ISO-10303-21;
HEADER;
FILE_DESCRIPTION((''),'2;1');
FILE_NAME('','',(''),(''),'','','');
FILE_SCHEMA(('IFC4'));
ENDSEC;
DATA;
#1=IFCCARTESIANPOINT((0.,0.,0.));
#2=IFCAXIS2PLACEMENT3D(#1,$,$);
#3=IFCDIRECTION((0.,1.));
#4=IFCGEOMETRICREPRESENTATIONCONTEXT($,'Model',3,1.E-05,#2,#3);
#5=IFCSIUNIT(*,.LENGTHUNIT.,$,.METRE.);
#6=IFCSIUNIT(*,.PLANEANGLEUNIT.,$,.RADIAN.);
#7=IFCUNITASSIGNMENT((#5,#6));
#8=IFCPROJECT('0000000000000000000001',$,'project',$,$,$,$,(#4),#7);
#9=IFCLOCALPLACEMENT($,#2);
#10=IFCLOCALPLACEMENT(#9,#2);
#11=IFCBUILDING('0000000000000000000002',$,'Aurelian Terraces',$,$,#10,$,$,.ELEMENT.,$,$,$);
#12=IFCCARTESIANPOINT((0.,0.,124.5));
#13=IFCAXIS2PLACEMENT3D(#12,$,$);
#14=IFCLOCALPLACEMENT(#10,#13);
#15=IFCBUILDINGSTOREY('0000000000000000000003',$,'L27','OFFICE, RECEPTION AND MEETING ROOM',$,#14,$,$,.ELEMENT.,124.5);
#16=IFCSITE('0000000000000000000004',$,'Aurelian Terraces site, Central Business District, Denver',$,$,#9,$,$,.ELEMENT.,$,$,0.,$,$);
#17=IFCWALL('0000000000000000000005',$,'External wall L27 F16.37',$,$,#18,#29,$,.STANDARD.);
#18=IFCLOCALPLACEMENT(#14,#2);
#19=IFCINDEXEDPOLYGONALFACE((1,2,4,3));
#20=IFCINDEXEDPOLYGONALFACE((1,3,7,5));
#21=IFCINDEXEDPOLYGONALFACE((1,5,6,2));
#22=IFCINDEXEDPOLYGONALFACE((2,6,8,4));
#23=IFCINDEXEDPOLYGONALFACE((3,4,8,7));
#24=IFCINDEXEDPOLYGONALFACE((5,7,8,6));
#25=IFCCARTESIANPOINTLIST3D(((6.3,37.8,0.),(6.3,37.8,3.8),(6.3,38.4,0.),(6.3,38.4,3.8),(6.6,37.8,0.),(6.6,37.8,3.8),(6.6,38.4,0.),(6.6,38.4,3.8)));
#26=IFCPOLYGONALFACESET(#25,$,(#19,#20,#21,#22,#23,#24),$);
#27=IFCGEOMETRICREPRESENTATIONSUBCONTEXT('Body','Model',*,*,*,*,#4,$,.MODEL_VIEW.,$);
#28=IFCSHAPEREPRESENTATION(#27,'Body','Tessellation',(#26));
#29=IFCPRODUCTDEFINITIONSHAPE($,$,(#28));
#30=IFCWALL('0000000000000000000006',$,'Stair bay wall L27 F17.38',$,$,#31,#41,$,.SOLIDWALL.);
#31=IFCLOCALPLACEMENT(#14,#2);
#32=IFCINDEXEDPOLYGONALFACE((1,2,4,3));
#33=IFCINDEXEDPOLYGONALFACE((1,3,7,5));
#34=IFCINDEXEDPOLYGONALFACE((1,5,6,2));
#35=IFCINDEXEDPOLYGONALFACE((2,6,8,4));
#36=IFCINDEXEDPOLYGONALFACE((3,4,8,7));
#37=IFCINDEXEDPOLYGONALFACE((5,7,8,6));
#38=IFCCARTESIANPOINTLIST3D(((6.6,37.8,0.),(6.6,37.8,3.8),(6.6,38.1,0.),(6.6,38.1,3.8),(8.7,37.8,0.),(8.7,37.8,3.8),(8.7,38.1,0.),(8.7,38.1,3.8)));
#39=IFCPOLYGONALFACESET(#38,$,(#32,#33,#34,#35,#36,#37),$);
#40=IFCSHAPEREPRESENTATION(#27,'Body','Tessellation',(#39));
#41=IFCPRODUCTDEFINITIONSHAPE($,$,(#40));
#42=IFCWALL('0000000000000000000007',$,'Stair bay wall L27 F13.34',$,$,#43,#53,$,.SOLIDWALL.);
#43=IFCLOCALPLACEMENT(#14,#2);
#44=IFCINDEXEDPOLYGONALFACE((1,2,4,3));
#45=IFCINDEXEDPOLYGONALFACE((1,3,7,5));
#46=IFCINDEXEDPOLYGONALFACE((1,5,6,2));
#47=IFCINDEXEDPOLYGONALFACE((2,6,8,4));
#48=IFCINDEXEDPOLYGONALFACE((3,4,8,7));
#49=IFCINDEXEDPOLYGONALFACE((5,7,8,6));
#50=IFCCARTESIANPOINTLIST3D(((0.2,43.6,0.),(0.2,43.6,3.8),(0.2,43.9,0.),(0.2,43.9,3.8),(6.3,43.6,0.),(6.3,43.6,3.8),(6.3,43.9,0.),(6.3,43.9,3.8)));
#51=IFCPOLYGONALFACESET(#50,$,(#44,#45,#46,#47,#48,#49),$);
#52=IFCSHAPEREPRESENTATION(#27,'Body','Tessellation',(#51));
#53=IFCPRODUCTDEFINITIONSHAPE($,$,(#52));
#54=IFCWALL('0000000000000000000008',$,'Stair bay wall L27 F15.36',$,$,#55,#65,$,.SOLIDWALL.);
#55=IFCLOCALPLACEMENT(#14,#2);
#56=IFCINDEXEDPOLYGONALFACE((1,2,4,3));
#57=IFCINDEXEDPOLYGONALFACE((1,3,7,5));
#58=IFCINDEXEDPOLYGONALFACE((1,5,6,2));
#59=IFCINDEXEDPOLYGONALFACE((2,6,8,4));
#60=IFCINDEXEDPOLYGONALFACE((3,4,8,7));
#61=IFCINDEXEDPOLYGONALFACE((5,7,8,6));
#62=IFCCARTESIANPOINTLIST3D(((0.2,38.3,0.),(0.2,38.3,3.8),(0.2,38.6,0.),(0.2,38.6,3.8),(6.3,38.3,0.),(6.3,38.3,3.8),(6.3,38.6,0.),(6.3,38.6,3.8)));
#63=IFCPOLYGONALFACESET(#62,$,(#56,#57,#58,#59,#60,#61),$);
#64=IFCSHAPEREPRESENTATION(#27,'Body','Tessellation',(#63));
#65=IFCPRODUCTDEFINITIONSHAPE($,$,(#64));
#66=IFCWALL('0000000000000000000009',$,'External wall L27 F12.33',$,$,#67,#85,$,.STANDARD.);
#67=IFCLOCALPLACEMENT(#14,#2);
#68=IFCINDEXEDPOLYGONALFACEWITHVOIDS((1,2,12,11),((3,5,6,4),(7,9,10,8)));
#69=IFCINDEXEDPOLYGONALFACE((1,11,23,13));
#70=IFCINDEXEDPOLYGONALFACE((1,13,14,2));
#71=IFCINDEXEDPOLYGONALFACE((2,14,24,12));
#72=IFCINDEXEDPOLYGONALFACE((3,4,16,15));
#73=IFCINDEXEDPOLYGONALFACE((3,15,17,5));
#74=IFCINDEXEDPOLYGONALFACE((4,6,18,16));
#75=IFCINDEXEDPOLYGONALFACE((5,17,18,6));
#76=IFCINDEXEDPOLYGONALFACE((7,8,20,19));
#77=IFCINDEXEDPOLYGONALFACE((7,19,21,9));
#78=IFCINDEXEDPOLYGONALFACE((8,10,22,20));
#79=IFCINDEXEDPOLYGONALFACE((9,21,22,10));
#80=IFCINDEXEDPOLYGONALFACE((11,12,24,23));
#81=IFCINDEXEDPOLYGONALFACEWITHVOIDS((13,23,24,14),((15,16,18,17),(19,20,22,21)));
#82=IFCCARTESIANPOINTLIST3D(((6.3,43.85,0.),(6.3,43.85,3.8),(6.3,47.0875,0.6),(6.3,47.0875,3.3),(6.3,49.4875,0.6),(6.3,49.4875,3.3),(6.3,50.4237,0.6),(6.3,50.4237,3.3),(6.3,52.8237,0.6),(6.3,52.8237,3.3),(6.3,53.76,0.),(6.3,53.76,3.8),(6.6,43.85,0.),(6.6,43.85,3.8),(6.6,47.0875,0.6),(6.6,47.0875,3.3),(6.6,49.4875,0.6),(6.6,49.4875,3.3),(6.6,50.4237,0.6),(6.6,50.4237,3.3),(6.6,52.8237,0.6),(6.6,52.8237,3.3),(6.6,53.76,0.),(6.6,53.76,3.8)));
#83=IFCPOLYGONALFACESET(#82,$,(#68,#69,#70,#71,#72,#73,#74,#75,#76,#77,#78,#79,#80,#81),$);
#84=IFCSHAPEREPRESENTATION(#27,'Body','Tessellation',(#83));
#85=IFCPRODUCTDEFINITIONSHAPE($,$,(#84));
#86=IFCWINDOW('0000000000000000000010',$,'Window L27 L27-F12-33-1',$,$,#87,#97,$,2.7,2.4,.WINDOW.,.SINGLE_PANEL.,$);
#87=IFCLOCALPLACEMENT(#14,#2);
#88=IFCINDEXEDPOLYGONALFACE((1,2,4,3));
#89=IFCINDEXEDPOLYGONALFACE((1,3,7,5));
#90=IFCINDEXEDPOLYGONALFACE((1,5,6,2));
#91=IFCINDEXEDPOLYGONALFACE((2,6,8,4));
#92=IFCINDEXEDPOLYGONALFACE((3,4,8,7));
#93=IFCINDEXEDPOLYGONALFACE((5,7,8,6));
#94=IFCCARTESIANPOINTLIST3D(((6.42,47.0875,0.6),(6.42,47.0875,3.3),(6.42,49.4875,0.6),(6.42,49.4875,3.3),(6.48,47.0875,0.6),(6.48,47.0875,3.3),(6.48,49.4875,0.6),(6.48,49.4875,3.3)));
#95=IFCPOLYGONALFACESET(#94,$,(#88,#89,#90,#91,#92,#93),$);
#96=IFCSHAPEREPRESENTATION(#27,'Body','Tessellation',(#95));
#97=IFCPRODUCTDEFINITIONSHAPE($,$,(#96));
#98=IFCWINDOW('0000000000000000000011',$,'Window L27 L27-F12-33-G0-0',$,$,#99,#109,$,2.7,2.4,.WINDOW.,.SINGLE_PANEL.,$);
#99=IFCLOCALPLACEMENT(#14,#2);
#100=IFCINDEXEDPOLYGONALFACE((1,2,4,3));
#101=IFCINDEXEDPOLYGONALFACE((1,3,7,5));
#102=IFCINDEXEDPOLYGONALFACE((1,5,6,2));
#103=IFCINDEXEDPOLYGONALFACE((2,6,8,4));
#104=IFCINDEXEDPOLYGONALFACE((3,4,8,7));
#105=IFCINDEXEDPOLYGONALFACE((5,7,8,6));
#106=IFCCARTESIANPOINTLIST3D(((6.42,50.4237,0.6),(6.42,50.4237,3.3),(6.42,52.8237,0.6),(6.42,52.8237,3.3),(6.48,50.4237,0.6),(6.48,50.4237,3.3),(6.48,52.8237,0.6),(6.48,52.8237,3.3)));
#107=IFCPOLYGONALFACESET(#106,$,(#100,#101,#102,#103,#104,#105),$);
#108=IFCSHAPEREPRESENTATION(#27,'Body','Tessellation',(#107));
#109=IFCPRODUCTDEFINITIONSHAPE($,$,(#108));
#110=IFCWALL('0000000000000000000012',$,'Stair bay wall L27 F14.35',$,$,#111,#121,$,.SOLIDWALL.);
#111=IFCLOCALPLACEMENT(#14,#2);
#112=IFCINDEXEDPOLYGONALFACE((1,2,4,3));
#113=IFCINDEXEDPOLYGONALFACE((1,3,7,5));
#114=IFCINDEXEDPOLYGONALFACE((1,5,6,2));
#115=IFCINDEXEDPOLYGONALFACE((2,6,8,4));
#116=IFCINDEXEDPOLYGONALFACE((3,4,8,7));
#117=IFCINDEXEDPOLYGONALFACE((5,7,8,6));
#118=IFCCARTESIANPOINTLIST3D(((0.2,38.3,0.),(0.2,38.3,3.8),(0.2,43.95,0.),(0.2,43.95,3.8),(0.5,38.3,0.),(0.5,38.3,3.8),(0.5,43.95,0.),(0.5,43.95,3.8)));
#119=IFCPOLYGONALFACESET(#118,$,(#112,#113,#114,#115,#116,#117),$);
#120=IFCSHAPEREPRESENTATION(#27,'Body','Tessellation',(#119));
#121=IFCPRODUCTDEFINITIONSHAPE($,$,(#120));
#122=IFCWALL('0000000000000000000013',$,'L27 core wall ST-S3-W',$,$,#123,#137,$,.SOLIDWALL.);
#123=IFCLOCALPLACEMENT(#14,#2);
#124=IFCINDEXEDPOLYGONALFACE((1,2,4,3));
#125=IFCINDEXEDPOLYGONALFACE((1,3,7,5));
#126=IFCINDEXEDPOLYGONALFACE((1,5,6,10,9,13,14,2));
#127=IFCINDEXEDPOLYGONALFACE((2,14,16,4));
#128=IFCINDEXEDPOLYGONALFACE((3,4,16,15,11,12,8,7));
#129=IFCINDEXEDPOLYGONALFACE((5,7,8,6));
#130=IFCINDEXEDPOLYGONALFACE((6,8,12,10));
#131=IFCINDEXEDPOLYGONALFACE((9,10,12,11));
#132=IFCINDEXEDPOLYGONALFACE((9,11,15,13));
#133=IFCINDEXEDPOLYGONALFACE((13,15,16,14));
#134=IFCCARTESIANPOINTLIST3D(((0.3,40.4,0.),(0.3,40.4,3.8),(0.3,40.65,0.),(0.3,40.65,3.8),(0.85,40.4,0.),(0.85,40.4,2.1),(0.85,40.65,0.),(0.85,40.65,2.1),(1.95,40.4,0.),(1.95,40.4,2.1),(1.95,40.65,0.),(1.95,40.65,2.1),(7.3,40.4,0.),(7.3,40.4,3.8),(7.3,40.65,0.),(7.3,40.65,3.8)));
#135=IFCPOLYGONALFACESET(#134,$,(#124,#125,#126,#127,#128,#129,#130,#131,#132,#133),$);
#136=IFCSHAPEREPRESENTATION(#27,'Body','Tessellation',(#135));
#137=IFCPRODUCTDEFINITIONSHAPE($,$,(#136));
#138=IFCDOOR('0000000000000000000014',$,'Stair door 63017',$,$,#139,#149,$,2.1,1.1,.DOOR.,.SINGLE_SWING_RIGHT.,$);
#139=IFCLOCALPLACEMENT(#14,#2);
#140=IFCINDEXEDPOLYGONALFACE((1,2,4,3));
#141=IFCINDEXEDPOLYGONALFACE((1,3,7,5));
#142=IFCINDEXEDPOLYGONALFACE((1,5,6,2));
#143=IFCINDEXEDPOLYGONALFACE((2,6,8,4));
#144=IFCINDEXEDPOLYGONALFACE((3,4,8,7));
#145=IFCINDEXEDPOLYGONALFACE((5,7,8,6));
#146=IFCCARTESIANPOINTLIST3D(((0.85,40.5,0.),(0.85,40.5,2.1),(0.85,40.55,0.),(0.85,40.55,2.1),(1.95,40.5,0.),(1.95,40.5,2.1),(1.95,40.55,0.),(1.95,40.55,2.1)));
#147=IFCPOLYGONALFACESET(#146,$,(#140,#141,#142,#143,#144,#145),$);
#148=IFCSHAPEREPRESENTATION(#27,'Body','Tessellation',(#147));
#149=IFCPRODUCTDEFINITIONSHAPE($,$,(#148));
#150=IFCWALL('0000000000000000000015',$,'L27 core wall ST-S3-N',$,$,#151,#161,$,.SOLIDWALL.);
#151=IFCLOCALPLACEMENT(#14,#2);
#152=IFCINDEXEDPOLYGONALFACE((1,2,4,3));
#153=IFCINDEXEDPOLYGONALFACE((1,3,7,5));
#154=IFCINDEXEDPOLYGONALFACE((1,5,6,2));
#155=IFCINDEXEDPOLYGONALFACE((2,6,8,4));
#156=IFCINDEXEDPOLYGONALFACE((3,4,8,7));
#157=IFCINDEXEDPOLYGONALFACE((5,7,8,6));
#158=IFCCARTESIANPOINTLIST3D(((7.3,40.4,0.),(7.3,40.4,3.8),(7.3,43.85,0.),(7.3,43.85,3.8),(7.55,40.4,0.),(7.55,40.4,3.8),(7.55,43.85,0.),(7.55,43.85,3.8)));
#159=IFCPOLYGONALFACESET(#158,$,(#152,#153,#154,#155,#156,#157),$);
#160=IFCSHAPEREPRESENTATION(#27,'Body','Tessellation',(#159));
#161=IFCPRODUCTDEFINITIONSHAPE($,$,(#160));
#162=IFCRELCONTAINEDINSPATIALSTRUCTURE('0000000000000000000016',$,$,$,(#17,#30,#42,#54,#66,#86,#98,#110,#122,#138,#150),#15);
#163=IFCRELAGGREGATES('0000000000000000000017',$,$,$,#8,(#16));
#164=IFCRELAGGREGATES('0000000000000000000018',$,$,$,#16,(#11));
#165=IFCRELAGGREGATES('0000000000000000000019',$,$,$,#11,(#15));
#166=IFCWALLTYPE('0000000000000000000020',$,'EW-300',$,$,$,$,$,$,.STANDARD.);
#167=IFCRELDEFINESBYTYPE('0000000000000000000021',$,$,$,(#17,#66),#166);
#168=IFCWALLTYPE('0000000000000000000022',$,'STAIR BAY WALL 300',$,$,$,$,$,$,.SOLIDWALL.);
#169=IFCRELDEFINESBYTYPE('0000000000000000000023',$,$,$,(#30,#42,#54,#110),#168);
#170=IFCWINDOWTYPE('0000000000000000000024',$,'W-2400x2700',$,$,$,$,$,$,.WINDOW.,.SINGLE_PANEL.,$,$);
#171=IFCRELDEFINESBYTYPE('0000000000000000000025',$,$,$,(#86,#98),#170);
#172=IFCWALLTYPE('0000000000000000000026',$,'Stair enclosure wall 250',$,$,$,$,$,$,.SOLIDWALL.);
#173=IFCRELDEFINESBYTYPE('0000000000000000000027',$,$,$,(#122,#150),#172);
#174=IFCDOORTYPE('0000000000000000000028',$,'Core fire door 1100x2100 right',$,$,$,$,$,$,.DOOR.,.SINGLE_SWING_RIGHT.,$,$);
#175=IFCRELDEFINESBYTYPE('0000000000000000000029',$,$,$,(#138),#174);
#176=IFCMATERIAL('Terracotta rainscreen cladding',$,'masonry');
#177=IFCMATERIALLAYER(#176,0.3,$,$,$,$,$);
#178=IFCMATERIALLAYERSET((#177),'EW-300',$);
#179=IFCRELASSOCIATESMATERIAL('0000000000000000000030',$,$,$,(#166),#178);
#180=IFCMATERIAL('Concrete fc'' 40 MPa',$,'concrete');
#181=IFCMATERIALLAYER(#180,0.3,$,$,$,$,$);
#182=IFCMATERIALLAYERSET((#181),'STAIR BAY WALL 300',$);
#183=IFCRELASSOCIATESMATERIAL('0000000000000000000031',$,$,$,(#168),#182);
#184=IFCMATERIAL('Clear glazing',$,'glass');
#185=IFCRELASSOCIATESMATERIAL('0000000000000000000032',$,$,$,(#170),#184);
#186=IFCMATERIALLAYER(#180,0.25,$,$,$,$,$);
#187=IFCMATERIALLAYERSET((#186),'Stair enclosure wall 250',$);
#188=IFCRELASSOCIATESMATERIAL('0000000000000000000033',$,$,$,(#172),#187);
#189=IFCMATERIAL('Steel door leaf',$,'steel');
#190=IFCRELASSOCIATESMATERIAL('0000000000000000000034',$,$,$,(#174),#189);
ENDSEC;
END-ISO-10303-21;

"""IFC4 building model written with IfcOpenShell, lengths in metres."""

from ifc_helpers import new_model, si_unit, direction, frame, frame_2d, origin, place, context, subcontext, project, spatial, rectangle, extrude, source, transform, mapped, material, layer, layer_set, type_object, element, fill, save


model = new_model("IFC4")

# Units and contexts
model_context = context("Model", 3, precision=1e-05, world=origin(), true_north=direction((0.0, 1.0)))
body_context = subcontext(model_context, "Body", "Model", "MODEL_VIEW")
ifc_project = project(units=[si_unit("LENGTHUNIT", "METRE"), si_unit("PLANEANGLEUNIT", "RADIAN")], contexts=[model_context])

# Site, building, storey
site_placement = place(None, origin())
site = spatial("IfcSite", under=ifc_project, at=site_placement, Name="Aurelian Terraces site, Central Business District, Denver", CompositionType="ELEMENT", RefElevation=0.0)
building_placement = place(site_placement, origin())
building = spatial("IfcBuilding", under=site, at=building_placement, Name="Aurelian Terraces", CompositionType="ELEMENT")
storey_placement = place(building_placement, frame((0.0, 0.0, 124.5)))
storey = spatial("IfcBuildingStorey", under=building, at=storey_placement, Name="L27", Description="OFFICE, RECEPTION AND MEETING ROOM", CompositionType="ELEMENT", Elevation=124.5)

# Walls
ifc_material_1 = material(Name="Terracotta rainscreen cladding", Category="masonry")
ifc_layer_1 = layer(ifc_material_1, 0.3)
ifc_layer_set_1 = layer_set([ifc_layer_1], Name="EW-300")
wall_type_1 = type_object("IfcWallType", Name="EW-300", PredefinedType="STANDARD", material=ifc_layer_set_1)
wall_1_placement = place(storey_placement, frame((6.45, 38.4, 0.0), z_axis=(0.0, 0.0, 1.0), x_axis=(0.0, -1.0, 0.0)))
element("IfcWall", 1, at=wall_1_placement, inside=storey, type_object=wall_type_1, Name="External wall L27 F16.37", PredefinedType="STANDARD", context=body_context, shape_type="SweptSolid", body=[
    extrude(rectangle(XDim=0.6, YDim=0.3, at=frame_2d((0.3, 0.0))), origin(), (0.0, 0.0, 1.0), 3.8),
])
ifc_material_2 = material(Name="Concrete fc' 40 MPa", Category="concrete")
ifc_layer_2 = layer(ifc_material_2, 0.3)
ifc_layer_set_2 = layer_set([ifc_layer_2], Name="STAIR BAY WALL 300")
wall_type_2 = type_object("IfcWallType", Name="STAIR BAY WALL 300", PredefinedType="SOLIDWALL", material=ifc_layer_set_2)
wall_2_placement = place(storey_placement, frame((6.6, 37.95, 0.0), z_axis=(0.0, 0.0, 1.0), x_axis=(1.0, 0.0, 0.0)))
element("IfcWall", 2, at=wall_2_placement, inside=storey, type_object=wall_type_2, Name="Stair bay wall L27 F17.38", PredefinedType="SOLIDWALL", context=body_context, shape_type="SweptSolid", body=[
    extrude(rectangle(XDim=2.1, YDim=0.3, at=frame_2d((1.05, 0.0))), origin(), (0.0, 0.0, 1.0), 3.8),
])
shared_shape_1 = source(origin(), body_context, "Body", "SweptSolid", [
    extrude(rectangle(XDim=6.1, YDim=0.3, at=frame_2d((3.05, 0.0))), origin(), (0.0, 0.0, 1.0), 3.8),
])
for number, where, z_axis, x_axis, name in (
    (3, (6.3, 43.75, 0.0), (0.0, 0.0, 1.0), (-1.0, 0.0, 0.0), "Stair bay wall L27 F13.34"),
    (4, (0.2, 38.45, 0.0), (0.0, 0.0, 1.0), (1.0, 0.0, 0.0), "Stair bay wall L27 F15.36"),
):
    element("IfcWall", number, at=place(storey_placement, frame(where, z_axis=z_axis, x_axis=x_axis)), inside=storey, type_object=wall_type_2, Name=name, PredefinedType="SOLIDWALL", context=body_context, shape_type="MappedRepresentation", body=[
        mapped(shared_shape_1, transform((0.0, 0.0, 0.0), scale=1.0)),
    ])

# Wall, openings, windows
shared_shape_2 = source(origin(), body_context, "Body", "SweptSolid", [
    extrude(rectangle(XDim=9.91, YDim=0.3, at=frame_2d((4.955, 0.0))), origin(), (0.0, 0.0, 1.0), 3.8),
])
wall_3_placement = place(storey_placement, frame((6.45, 53.76, 0.0), z_axis=(0.0, 0.0, 1.0), x_axis=(0.0, -1.0, 0.0)))
wall_3 = element("IfcWall", 5, at=wall_3_placement, inside=storey, type_object=wall_type_1, Name="External wall L27 F12.33", PredefinedType="STANDARD", context=body_context, shape_type="MappedRepresentation", body=[
    mapped(shared_shape_2, transform((0.0, 0.0, 0.0), scale=1.0)),
])
shared_shape_3 = source(origin(), body_context, "Body", "SweptSolid", [
    extrude(rectangle(XDim=2.4, YDim=2.7, at=frame_2d((1.2, 1.35))), frame((0.0, 0.16, 0.0), z_axis=(0.0, -1.0, 0.0), x_axis=(1.0, 0.0, 0.0)), (0.0, 0.0, 1.0), 0.32),
])
opening_1_placement = place(wall_3_placement, frame((4.2725, 0.0, 0.6)))
opening_1 = element("IfcOpeningElement", 6, at=opening_1_placement, cuts=wall_3, PredefinedType="OPENING", context=body_context, shape_type="MappedRepresentation", body=[
    mapped(shared_shape_3, transform((0.0, 0.0, 0.0), scale=1.0)),
])
opening_2_placement = place(wall_3_placement, frame((0.9363, 0.0, 0.6)))
opening_2 = element("IfcOpeningElement", 7, at=opening_2_placement, cuts=wall_3, PredefinedType="OPENING", context=body_context, shape_type="MappedRepresentation", body=[
    mapped(shared_shape_3, transform((0.0, 0.0, 0.0), scale=1.0)),
])
ifc_material_3 = material(Name="Clear glazing", Category="glass")
window_type = type_object("IfcWindowType", Name="W-2400x2700", PartitioningType="SINGLE_PANEL", PredefinedType="WINDOW", material=ifc_material_3)
shared_shape_4 = source(origin(), body_context, "Body", "SweptSolid", [
    extrude(rectangle(XDim=2.4, YDim=2.7, at=frame_2d((1.2, 1.35))), frame((0.0, 0.03, 0.0), z_axis=(0.0, -1.0, 0.0), x_axis=(1.0, 0.0, 0.0)), (0.0, 0.0, 1.0), 0.06),
])
window_1_placement = place(opening_1_placement, origin())
window_1 = element("IfcWindow", 8, at=window_1_placement, inside=storey, type_object=window_type, Name="Window L27 L27-F12-33-1", OverallHeight=2.7, OverallWidth=2.4, PartitioningType="SINGLE_PANEL", PredefinedType="WINDOW", context=body_context, shape_type="MappedRepresentation", body=[
    mapped(shared_shape_4, transform((0.0, 0.0, 0.0), scale=1.0)),
])
fill(opening_1, window_1)
window_2_placement = place(opening_2_placement, origin())
window_2 = element("IfcWindow", 9, at=window_2_placement, inside=storey, type_object=window_type, Name="Window L27 L27-F12-33-G0-0", OverallHeight=2.7, OverallWidth=2.4, PartitioningType="SINGLE_PANEL", PredefinedType="WINDOW", context=body_context, shape_type="MappedRepresentation", body=[
    mapped(shared_shape_4, transform((0.0, 0.0, 0.0), scale=1.0)),
])
fill(opening_2, window_2)

# Wall
shared_shape_5 = source(origin(), body_context, "Body", "SweptSolid", [
    extrude(rectangle(XDim=5.65, YDim=0.3, at=frame_2d((2.825, 0.0))), origin(), (0.0, 0.0, 1.0), 3.8),
])
wall_4_placement = place(storey_placement, frame((0.35, 43.95, 0.0), z_axis=(0.0, 0.0, 1.0), x_axis=(0.0, -1.0, 0.0)))
element("IfcWall", 10, at=wall_4_placement, inside=storey, type_object=wall_type_2, Name="Stair bay wall L27 F14.35", PredefinedType="SOLIDWALL", context=body_context, shape_type="MappedRepresentation", body=[
    mapped(shared_shape_5, transform((0.0, 0.0, 0.0), scale=1.0)),
])

# Wall, opening, door
ifc_layer_3 = layer(ifc_material_2, 0.25)
ifc_layer_set_3 = layer_set([ifc_layer_3], Name="Stair enclosure wall 250")
wall_type_3 = type_object("IfcWallType", Name="Stair enclosure wall 250", PredefinedType="SOLIDWALL", material=ifc_layer_set_3)
shared_shape_6 = source(origin(), body_context, "Body", "SweptSolid", [
    extrude(rectangle(XDim=7.0, YDim=0.25, at=frame_2d((3.5, 0.0))), origin(), (0.0, 0.0, 1.0), 3.8),
])
wall_5_placement = place(storey_placement, frame((0.3, 40.525, 0.0), z_axis=(0.0, 0.0, 1.0), x_axis=(1.0, 0.0, 0.0)))
wall_5 = element("IfcWall", 11, at=wall_5_placement, inside=storey, type_object=wall_type_3, Name="L27 core wall ST-S3-W", PredefinedType="SOLIDWALL", context=body_context, shape_type="MappedRepresentation", body=[
    mapped(shared_shape_6, transform((0.0, 0.0, 0.0), scale=1.0)),
])
shared_shape_7 = source(origin(), body_context, "Body", "SweptSolid", [
    extrude(rectangle(XDim=1.1, YDim=2.1, at=frame_2d((0.55, 1.05))), frame((0.0, 0.135, 0.0), z_axis=(0.0, -1.0, 0.0), x_axis=(1.0, 0.0, 0.0)), (0.0, 0.0, 1.0), 0.27),
])
opening_3_placement = place(wall_5_placement, frame((0.55, 0.0, 0.0)))
opening_3 = element("IfcOpeningElement", 12, at=opening_3_placement, cuts=wall_5, PredefinedType="OPENING", context=body_context, shape_type="MappedRepresentation", body=[
    mapped(shared_shape_7, transform((0.0, 0.0, 0.0), scale=1.0)),
])
ifc_material_4 = material(Name="Steel door leaf", Category="steel")
door_type = type_object("IfcDoorType", Name="Core fire door 1100x2100 right", OperationType="SINGLE_SWING_RIGHT", PredefinedType="DOOR", material=ifc_material_4)
shared_shape_8 = source(origin(), body_context, "Body", "SweptSolid", [
    extrude(rectangle(XDim=1.1, YDim=2.1, at=frame_2d((0.55, 1.05))), frame((0.0, 0.025, 0.0), z_axis=(0.0, -1.0, 0.0), x_axis=(1.0, 0.0, 0.0)), (0.0, 0.0, 1.0), 0.05),
])
door_placement = place(opening_3_placement, origin())
door = element("IfcDoor", 13, at=door_placement, inside=storey, type_object=door_type, Name="Stair door 63017", OperationType="SINGLE_SWING_RIGHT", OverallHeight=2.1, OverallWidth=1.1, PredefinedType="DOOR", context=body_context, shape_type="MappedRepresentation", body=[
    mapped(shared_shape_8, transform((0.0, 0.0, 0.0), scale=1.0)),
])
fill(opening_3, door)

# Wall
shared_shape_9 = source(origin(), body_context, "Body", "SweptSolid", [
    extrude(rectangle(XDim=3.45, YDim=0.25, at=frame_2d((1.725, 0.0))), origin(), (0.0, 0.0, 1.0), 3.8),
])
wall_6_placement = place(storey_placement, frame((7.425, 40.4, 0.0), z_axis=(0.0, 0.0, 1.0), x_axis=(0.0, 1.0, 0.0)))
element("IfcWall", 14, at=wall_6_placement, inside=storey, type_object=wall_type_3, Name="L27 core wall ST-S3-N", PredefinedType="SOLIDWALL", context=body_context, shape_type="MappedRepresentation", body=[
    mapped(shared_shape_9, transform((0.0, 0.0, 0.0), scale=1.0)),
])

save(model, "model.ifc")
